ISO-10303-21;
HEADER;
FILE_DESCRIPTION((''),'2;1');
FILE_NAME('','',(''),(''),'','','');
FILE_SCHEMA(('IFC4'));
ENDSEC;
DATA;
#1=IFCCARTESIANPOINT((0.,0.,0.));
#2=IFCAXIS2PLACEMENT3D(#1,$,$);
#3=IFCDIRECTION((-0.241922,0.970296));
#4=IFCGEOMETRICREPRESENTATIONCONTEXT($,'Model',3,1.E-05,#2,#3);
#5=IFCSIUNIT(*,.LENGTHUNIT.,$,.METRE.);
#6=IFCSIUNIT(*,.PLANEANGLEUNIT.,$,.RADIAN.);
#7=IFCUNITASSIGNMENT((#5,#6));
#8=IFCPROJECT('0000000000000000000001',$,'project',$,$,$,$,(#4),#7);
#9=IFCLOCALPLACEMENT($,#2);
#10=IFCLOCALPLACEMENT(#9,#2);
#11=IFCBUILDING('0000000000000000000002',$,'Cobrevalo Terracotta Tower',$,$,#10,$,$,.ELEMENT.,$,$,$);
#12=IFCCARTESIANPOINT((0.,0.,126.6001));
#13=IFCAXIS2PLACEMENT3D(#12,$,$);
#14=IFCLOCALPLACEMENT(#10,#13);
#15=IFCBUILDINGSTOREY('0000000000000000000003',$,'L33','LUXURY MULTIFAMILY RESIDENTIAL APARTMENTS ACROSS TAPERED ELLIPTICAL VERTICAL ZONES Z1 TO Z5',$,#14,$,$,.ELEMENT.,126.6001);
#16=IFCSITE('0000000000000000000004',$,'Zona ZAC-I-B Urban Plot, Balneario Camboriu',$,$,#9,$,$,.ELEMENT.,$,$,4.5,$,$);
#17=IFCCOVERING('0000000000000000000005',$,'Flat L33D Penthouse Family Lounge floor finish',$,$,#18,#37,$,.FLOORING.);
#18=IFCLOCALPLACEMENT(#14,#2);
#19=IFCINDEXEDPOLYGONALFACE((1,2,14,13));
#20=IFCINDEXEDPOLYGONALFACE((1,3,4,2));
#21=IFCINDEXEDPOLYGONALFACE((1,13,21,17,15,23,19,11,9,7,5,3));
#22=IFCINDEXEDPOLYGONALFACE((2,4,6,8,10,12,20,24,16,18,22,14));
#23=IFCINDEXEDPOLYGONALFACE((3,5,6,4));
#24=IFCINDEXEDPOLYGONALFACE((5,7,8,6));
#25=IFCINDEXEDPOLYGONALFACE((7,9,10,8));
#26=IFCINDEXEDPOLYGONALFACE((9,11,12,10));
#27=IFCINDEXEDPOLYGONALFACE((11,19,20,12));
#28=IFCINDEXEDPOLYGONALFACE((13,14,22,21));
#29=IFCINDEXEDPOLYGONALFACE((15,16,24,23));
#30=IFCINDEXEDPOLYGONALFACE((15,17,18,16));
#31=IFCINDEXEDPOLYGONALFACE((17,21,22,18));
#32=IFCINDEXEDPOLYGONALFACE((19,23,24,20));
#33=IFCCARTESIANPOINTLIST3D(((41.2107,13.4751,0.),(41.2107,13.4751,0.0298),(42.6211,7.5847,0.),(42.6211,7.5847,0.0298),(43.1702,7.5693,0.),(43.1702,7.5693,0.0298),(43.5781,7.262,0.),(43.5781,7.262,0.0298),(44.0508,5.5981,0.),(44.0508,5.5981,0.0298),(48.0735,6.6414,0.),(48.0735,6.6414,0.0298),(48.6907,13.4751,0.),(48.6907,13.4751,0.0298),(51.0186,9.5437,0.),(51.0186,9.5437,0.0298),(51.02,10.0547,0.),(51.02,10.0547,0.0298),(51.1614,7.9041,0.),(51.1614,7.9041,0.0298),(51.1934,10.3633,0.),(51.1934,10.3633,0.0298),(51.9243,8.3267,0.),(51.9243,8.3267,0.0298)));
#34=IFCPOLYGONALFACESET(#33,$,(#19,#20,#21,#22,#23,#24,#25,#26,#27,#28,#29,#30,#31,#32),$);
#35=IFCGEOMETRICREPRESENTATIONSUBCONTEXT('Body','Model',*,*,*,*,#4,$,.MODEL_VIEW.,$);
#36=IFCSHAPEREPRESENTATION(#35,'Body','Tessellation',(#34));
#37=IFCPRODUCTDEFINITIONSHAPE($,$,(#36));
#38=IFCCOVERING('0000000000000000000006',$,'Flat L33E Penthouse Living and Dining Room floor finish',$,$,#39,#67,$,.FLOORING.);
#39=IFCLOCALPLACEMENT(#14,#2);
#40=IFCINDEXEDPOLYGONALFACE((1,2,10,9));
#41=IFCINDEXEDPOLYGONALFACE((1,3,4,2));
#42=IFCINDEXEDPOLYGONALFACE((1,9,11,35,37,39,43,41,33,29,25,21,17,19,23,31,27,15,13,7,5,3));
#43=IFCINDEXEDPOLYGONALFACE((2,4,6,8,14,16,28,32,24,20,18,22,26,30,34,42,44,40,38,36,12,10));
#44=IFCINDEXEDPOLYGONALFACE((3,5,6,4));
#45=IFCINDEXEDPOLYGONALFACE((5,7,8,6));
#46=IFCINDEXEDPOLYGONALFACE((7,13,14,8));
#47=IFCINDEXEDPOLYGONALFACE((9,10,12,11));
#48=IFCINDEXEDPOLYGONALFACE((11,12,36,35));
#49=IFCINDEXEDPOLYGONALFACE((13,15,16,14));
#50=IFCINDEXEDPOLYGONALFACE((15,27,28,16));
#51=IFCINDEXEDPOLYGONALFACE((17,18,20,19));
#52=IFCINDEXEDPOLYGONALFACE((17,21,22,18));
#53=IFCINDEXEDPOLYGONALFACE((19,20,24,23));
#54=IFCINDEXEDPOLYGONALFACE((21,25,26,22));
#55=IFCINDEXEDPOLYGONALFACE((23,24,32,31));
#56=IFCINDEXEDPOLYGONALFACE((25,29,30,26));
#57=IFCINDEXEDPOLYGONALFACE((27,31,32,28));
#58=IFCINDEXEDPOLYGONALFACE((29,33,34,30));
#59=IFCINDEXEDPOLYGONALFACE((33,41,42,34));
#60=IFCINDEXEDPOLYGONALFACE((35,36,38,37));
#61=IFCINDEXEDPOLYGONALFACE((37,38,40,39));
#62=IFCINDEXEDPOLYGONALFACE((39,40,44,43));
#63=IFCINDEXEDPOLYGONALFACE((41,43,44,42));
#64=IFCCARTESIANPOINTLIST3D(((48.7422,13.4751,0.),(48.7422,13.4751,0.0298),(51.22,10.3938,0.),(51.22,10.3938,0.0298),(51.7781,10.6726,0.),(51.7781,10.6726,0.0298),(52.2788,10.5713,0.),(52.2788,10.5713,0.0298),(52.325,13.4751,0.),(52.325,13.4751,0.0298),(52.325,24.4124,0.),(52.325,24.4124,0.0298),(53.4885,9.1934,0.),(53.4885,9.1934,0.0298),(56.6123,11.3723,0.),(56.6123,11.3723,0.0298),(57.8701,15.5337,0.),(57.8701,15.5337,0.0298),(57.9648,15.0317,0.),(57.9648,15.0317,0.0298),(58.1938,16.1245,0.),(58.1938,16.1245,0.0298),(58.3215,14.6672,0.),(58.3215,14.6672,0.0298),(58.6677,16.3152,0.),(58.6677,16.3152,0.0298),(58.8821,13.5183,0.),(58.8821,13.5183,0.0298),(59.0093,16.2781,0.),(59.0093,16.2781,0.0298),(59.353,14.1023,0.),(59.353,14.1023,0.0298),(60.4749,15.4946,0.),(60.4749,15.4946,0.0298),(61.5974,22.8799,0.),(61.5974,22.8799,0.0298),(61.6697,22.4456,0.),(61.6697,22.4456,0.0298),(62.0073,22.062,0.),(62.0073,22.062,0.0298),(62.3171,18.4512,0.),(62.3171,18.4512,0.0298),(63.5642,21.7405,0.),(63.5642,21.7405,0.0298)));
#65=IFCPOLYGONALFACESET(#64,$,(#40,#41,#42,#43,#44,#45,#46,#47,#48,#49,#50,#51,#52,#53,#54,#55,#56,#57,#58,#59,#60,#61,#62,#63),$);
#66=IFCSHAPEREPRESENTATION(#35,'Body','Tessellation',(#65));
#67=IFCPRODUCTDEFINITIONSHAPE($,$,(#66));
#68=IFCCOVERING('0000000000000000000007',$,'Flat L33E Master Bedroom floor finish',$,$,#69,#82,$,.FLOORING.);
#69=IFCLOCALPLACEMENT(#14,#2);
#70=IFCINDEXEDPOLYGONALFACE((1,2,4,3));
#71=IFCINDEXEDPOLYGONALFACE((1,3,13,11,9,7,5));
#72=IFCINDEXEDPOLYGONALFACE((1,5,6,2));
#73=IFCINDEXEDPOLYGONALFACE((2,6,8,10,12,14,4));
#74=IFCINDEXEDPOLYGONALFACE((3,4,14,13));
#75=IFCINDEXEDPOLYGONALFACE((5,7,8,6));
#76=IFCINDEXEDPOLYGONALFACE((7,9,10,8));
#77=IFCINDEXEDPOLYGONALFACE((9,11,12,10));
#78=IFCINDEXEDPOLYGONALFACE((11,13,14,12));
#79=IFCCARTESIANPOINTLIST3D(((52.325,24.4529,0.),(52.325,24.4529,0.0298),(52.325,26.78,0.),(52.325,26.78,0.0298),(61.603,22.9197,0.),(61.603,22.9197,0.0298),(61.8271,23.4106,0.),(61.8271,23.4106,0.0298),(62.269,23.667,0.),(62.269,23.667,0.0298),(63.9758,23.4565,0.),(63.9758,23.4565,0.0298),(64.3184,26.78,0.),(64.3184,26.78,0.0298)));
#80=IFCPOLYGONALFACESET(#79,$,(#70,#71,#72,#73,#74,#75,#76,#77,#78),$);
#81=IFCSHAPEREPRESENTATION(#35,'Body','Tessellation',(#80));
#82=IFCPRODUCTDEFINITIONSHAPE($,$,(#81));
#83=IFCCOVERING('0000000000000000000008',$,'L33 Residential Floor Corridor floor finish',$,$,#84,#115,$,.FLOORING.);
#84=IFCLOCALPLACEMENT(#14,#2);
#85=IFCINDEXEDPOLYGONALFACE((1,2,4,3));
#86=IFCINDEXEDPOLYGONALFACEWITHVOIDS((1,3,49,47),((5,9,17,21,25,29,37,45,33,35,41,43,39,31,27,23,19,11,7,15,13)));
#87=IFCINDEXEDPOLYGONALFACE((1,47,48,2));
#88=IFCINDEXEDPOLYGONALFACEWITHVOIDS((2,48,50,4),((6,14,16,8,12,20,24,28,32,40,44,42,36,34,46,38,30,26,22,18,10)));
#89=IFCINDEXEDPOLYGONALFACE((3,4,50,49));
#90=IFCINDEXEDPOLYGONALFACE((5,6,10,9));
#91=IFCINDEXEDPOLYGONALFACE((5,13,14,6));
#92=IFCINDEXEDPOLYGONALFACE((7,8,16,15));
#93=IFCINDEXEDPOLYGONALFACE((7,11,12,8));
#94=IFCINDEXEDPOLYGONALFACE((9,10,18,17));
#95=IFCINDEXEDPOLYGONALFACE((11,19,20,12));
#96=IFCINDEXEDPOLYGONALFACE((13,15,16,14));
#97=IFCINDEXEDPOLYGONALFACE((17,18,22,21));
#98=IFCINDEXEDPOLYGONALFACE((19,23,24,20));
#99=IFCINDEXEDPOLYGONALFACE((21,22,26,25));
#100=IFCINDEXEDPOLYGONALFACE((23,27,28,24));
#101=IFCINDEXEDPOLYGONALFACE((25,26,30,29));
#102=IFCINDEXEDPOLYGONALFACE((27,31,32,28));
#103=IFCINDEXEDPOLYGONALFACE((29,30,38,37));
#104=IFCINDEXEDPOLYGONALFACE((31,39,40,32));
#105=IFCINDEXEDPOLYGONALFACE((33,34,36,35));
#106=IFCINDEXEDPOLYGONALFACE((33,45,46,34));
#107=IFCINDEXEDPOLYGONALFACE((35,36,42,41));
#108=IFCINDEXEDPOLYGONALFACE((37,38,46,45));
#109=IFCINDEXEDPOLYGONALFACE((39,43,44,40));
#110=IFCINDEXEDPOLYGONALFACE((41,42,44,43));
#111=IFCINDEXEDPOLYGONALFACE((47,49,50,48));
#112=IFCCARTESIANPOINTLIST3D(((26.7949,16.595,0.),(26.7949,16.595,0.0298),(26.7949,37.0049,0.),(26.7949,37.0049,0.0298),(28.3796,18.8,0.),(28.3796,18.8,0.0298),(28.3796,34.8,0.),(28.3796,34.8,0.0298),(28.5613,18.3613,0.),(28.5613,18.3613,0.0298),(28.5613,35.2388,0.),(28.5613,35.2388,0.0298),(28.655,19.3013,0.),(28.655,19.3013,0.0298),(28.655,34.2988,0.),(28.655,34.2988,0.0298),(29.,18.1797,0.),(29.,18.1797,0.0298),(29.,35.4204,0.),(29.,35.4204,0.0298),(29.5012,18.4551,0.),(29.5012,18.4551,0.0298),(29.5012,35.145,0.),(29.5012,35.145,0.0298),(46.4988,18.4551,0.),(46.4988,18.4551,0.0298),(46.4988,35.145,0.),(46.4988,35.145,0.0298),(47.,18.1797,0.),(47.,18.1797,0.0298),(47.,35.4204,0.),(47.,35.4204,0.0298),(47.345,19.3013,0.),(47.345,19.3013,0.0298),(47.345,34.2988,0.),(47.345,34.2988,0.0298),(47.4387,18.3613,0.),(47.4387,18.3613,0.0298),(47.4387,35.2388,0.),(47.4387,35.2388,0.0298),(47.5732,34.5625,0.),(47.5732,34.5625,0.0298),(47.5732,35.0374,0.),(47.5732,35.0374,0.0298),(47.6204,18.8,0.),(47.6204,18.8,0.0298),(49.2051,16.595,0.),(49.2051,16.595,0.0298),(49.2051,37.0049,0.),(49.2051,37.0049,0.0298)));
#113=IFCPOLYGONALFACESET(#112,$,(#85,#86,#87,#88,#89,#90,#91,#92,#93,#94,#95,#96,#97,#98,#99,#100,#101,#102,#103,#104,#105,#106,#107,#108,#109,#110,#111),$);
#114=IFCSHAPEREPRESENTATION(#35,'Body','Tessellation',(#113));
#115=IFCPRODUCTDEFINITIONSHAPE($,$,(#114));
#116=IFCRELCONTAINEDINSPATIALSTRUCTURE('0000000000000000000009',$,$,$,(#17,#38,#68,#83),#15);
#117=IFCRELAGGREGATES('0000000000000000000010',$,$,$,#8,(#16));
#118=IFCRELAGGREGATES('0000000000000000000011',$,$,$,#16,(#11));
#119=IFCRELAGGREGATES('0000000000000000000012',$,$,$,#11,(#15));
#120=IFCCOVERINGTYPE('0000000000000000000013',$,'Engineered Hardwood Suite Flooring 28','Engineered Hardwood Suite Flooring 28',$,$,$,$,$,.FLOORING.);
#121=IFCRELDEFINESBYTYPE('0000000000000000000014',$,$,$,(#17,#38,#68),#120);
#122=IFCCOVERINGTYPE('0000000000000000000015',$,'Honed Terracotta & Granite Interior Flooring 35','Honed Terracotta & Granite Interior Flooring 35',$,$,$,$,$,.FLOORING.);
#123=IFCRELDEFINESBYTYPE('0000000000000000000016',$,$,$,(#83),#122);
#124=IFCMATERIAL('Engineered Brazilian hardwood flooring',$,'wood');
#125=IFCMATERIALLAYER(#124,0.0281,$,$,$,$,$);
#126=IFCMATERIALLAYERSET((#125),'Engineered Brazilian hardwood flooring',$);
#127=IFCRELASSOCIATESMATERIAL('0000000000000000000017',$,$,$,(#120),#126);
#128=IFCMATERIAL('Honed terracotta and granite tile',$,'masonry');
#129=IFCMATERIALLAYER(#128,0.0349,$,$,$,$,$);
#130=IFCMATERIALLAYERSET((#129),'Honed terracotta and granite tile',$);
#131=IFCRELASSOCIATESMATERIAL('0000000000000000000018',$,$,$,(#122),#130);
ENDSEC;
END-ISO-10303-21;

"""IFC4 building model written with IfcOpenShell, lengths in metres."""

from ifc_helpers import new_model, si_unit, direction, frame, origin, place, context, subcontext, project, spatial, polyline, outline, extrude, material, layer, layer_set, type_object, element, save


model = new_model("IFC4")

# Units and contexts
model_context = context("Model", 3, precision=1e-05, world=origin(), true_north=direction((-0.241922, 0.970296)))
body_context = subcontext(model_context, "Body", "Model", "MODEL_VIEW")
ifc_project = project(units=[si_unit("LENGTHUNIT", "METRE"), si_unit("PLANEANGLEUNIT", "RADIAN")], contexts=[model_context])

# Site, building, storey
site_placement = place(None, origin())
site = spatial("IfcSite", under=ifc_project, at=site_placement, Name="Zona ZAC-I-B Urban Plot, Balneario Camboriu", CompositionType="ELEMENT", RefElevation=4.5)
building_placement = place(site_placement, origin())
building = spatial("IfcBuilding", under=site, at=building_placement, Name="Cobrevalo Terracotta Tower", CompositionType="ELEMENT")
storey_placement = place(building_placement, frame((0.0, 0.0, 126.6001)))
storey = spatial("IfcBuildingStorey", under=building, at=storey_placement, Name="L33", Description="LUXURY MULTIFAMILY RESIDENTIAL APARTMENTS ACROSS TAPERED ELLIPTICAL VERTICAL ZONES Z1 TO Z5", CompositionType="ELEMENT", Elevation=126.6001)

# Coverings
ifc_material_1 = material(Name="Engineered Brazilian hardwood flooring", Category="wood")
ifc_layer_1 = layer(ifc_material_1, 0.0281)
ifc_layer_set_1 = layer_set([ifc_layer_1], Name="Engineered Brazilian hardwood flooring")
covering_type_1 = type_object("IfcCoveringType", Name="Engineered Hardwood Suite Flooring 28", Description="Engineered Hardwood Suite Flooring 28", PredefinedType="FLOORING", material=ifc_layer_set_1)
covering_1_placement = place(storey_placement, origin())
element("IfcCovering", 1, at=covering_1_placement, inside=storey, type_object=covering_type_1, Name="Flat L33D Penthouse Family Lounge floor finish", PredefinedType="FLOORING", context=body_context, shape_type="SweptSolid", body=[
    extrude(outline(polyline([(44.0508, 5.5981), (43.5781, 7.262), (43.1702, 7.5693), (42.6211, 7.5847), (41.2107, 13.4751), (48.6907, 13.4751), (51.1934, 10.3633), (51.02, 10.0547), (51.0186, 9.5437), (51.9243, 8.3267), (51.1614, 7.9041), (48.0735, 6.6414), (44.0508, 5.5981)])), origin(), (0.0, 0.0, 1.0), 0.0298),
])
covering_2_placement = place(storey_placement, origin())
element("IfcCovering", 2, at=covering_2_placement, inside=storey, type_object=covering_type_1, Name="Flat L33E Penthouse Living and Dining Room floor finish", PredefinedType="FLOORING", context=body_context, shape_type="SweptSolid", body=[
    extrude(outline(polyline([(60.4749, 15.4946), (59.0093, 16.2781), (58.6677, 16.3152), (58.1938, 16.1245), (57.8701, 15.5337), (57.9648, 15.0317), (58.3215, 14.6672), (59.353, 14.1023), (58.8821, 13.5183), (56.6123, 11.3723), (53.4885, 9.1934), (52.2788, 10.5713), (51.7781, 10.6726), (51.22, 10.3938), (48.7422, 13.4751), (52.325, 13.4751), (52.325, 24.4124), (61.5974, 22.8799), (61.6697, 22.4456), (62.0073, 22.062), (63.5642, 21.7405), (62.3171, 18.4512), (60.4749, 15.4946)])), origin(), (0.0, 0.0, 1.0), 0.0298),
])
covering_3_placement = place(storey_placement, origin())
element("IfcCovering", 3, at=covering_3_placement, inside=storey, type_object=covering_type_1, Name="Flat L33E Master Bedroom floor finish", PredefinedType="FLOORING", context=body_context, shape_type="SweptSolid", body=[
    extrude(outline(polyline([(64.3184, 26.78), (63.9758, 23.4565), (62.269, 23.667), (61.8271, 23.4106), (61.603, 22.9197), (52.325, 24.4529), (52.325, 26.78), (64.3184, 26.78)])), origin(), (0.0, 0.0, 1.0), 0.0298),
])
ifc_material_2 = material(Name="Honed terracotta and granite tile", Category="masonry")
ifc_layer_2 = layer(ifc_material_2, 0.0349)
ifc_layer_set_2 = layer_set([ifc_layer_2], Name="Honed terracotta and granite tile")
covering_type_2 = type_object("IfcCoveringType", Name="Honed Terracotta & Granite Interior Flooring 35", Description="Honed Terracotta & Granite Interior Flooring 35", PredefinedType="FLOORING", material=ifc_layer_set_2)
covering_4_placement = place(storey_placement, origin())
element("IfcCovering", 4, at=covering_4_placement, inside=storey, type_object=covering_type_2, Name="L33 Residential Floor Corridor floor finish", PredefinedType="FLOORING", context=body_context, shape_type="SweptSolid", body=[
    extrude(outline(polyline([(49.2051, 37.0049), (49.2051, 16.595), (26.7949, 16.595), (26.7949, 37.0049), (49.2051, 37.0049)]), holes=[polyline([(47.345, 34.2988), (47.5732, 34.5625), (47.5732, 35.0374), (47.4387, 35.2388), (47.0, 35.4204), (46.4988, 35.145), (29.5012, 35.145), (29.0, 35.4204), (28.5613, 35.2388), (28.3796, 34.8), (28.655, 34.2988), (28.655, 19.3013), (28.3796, 18.8), (28.5613, 18.3613), (29.0, 18.1797), (29.5012, 18.4551), (46.4988, 18.4551), (47.0, 18.1797), (47.4387, 18.3613), (47.6204, 18.8), (47.345, 19.3013), (47.345, 34.2988)])]), origin(), (0.0, 0.0, 1.0), 0.0298),
])

save(model, "model.ifc")
